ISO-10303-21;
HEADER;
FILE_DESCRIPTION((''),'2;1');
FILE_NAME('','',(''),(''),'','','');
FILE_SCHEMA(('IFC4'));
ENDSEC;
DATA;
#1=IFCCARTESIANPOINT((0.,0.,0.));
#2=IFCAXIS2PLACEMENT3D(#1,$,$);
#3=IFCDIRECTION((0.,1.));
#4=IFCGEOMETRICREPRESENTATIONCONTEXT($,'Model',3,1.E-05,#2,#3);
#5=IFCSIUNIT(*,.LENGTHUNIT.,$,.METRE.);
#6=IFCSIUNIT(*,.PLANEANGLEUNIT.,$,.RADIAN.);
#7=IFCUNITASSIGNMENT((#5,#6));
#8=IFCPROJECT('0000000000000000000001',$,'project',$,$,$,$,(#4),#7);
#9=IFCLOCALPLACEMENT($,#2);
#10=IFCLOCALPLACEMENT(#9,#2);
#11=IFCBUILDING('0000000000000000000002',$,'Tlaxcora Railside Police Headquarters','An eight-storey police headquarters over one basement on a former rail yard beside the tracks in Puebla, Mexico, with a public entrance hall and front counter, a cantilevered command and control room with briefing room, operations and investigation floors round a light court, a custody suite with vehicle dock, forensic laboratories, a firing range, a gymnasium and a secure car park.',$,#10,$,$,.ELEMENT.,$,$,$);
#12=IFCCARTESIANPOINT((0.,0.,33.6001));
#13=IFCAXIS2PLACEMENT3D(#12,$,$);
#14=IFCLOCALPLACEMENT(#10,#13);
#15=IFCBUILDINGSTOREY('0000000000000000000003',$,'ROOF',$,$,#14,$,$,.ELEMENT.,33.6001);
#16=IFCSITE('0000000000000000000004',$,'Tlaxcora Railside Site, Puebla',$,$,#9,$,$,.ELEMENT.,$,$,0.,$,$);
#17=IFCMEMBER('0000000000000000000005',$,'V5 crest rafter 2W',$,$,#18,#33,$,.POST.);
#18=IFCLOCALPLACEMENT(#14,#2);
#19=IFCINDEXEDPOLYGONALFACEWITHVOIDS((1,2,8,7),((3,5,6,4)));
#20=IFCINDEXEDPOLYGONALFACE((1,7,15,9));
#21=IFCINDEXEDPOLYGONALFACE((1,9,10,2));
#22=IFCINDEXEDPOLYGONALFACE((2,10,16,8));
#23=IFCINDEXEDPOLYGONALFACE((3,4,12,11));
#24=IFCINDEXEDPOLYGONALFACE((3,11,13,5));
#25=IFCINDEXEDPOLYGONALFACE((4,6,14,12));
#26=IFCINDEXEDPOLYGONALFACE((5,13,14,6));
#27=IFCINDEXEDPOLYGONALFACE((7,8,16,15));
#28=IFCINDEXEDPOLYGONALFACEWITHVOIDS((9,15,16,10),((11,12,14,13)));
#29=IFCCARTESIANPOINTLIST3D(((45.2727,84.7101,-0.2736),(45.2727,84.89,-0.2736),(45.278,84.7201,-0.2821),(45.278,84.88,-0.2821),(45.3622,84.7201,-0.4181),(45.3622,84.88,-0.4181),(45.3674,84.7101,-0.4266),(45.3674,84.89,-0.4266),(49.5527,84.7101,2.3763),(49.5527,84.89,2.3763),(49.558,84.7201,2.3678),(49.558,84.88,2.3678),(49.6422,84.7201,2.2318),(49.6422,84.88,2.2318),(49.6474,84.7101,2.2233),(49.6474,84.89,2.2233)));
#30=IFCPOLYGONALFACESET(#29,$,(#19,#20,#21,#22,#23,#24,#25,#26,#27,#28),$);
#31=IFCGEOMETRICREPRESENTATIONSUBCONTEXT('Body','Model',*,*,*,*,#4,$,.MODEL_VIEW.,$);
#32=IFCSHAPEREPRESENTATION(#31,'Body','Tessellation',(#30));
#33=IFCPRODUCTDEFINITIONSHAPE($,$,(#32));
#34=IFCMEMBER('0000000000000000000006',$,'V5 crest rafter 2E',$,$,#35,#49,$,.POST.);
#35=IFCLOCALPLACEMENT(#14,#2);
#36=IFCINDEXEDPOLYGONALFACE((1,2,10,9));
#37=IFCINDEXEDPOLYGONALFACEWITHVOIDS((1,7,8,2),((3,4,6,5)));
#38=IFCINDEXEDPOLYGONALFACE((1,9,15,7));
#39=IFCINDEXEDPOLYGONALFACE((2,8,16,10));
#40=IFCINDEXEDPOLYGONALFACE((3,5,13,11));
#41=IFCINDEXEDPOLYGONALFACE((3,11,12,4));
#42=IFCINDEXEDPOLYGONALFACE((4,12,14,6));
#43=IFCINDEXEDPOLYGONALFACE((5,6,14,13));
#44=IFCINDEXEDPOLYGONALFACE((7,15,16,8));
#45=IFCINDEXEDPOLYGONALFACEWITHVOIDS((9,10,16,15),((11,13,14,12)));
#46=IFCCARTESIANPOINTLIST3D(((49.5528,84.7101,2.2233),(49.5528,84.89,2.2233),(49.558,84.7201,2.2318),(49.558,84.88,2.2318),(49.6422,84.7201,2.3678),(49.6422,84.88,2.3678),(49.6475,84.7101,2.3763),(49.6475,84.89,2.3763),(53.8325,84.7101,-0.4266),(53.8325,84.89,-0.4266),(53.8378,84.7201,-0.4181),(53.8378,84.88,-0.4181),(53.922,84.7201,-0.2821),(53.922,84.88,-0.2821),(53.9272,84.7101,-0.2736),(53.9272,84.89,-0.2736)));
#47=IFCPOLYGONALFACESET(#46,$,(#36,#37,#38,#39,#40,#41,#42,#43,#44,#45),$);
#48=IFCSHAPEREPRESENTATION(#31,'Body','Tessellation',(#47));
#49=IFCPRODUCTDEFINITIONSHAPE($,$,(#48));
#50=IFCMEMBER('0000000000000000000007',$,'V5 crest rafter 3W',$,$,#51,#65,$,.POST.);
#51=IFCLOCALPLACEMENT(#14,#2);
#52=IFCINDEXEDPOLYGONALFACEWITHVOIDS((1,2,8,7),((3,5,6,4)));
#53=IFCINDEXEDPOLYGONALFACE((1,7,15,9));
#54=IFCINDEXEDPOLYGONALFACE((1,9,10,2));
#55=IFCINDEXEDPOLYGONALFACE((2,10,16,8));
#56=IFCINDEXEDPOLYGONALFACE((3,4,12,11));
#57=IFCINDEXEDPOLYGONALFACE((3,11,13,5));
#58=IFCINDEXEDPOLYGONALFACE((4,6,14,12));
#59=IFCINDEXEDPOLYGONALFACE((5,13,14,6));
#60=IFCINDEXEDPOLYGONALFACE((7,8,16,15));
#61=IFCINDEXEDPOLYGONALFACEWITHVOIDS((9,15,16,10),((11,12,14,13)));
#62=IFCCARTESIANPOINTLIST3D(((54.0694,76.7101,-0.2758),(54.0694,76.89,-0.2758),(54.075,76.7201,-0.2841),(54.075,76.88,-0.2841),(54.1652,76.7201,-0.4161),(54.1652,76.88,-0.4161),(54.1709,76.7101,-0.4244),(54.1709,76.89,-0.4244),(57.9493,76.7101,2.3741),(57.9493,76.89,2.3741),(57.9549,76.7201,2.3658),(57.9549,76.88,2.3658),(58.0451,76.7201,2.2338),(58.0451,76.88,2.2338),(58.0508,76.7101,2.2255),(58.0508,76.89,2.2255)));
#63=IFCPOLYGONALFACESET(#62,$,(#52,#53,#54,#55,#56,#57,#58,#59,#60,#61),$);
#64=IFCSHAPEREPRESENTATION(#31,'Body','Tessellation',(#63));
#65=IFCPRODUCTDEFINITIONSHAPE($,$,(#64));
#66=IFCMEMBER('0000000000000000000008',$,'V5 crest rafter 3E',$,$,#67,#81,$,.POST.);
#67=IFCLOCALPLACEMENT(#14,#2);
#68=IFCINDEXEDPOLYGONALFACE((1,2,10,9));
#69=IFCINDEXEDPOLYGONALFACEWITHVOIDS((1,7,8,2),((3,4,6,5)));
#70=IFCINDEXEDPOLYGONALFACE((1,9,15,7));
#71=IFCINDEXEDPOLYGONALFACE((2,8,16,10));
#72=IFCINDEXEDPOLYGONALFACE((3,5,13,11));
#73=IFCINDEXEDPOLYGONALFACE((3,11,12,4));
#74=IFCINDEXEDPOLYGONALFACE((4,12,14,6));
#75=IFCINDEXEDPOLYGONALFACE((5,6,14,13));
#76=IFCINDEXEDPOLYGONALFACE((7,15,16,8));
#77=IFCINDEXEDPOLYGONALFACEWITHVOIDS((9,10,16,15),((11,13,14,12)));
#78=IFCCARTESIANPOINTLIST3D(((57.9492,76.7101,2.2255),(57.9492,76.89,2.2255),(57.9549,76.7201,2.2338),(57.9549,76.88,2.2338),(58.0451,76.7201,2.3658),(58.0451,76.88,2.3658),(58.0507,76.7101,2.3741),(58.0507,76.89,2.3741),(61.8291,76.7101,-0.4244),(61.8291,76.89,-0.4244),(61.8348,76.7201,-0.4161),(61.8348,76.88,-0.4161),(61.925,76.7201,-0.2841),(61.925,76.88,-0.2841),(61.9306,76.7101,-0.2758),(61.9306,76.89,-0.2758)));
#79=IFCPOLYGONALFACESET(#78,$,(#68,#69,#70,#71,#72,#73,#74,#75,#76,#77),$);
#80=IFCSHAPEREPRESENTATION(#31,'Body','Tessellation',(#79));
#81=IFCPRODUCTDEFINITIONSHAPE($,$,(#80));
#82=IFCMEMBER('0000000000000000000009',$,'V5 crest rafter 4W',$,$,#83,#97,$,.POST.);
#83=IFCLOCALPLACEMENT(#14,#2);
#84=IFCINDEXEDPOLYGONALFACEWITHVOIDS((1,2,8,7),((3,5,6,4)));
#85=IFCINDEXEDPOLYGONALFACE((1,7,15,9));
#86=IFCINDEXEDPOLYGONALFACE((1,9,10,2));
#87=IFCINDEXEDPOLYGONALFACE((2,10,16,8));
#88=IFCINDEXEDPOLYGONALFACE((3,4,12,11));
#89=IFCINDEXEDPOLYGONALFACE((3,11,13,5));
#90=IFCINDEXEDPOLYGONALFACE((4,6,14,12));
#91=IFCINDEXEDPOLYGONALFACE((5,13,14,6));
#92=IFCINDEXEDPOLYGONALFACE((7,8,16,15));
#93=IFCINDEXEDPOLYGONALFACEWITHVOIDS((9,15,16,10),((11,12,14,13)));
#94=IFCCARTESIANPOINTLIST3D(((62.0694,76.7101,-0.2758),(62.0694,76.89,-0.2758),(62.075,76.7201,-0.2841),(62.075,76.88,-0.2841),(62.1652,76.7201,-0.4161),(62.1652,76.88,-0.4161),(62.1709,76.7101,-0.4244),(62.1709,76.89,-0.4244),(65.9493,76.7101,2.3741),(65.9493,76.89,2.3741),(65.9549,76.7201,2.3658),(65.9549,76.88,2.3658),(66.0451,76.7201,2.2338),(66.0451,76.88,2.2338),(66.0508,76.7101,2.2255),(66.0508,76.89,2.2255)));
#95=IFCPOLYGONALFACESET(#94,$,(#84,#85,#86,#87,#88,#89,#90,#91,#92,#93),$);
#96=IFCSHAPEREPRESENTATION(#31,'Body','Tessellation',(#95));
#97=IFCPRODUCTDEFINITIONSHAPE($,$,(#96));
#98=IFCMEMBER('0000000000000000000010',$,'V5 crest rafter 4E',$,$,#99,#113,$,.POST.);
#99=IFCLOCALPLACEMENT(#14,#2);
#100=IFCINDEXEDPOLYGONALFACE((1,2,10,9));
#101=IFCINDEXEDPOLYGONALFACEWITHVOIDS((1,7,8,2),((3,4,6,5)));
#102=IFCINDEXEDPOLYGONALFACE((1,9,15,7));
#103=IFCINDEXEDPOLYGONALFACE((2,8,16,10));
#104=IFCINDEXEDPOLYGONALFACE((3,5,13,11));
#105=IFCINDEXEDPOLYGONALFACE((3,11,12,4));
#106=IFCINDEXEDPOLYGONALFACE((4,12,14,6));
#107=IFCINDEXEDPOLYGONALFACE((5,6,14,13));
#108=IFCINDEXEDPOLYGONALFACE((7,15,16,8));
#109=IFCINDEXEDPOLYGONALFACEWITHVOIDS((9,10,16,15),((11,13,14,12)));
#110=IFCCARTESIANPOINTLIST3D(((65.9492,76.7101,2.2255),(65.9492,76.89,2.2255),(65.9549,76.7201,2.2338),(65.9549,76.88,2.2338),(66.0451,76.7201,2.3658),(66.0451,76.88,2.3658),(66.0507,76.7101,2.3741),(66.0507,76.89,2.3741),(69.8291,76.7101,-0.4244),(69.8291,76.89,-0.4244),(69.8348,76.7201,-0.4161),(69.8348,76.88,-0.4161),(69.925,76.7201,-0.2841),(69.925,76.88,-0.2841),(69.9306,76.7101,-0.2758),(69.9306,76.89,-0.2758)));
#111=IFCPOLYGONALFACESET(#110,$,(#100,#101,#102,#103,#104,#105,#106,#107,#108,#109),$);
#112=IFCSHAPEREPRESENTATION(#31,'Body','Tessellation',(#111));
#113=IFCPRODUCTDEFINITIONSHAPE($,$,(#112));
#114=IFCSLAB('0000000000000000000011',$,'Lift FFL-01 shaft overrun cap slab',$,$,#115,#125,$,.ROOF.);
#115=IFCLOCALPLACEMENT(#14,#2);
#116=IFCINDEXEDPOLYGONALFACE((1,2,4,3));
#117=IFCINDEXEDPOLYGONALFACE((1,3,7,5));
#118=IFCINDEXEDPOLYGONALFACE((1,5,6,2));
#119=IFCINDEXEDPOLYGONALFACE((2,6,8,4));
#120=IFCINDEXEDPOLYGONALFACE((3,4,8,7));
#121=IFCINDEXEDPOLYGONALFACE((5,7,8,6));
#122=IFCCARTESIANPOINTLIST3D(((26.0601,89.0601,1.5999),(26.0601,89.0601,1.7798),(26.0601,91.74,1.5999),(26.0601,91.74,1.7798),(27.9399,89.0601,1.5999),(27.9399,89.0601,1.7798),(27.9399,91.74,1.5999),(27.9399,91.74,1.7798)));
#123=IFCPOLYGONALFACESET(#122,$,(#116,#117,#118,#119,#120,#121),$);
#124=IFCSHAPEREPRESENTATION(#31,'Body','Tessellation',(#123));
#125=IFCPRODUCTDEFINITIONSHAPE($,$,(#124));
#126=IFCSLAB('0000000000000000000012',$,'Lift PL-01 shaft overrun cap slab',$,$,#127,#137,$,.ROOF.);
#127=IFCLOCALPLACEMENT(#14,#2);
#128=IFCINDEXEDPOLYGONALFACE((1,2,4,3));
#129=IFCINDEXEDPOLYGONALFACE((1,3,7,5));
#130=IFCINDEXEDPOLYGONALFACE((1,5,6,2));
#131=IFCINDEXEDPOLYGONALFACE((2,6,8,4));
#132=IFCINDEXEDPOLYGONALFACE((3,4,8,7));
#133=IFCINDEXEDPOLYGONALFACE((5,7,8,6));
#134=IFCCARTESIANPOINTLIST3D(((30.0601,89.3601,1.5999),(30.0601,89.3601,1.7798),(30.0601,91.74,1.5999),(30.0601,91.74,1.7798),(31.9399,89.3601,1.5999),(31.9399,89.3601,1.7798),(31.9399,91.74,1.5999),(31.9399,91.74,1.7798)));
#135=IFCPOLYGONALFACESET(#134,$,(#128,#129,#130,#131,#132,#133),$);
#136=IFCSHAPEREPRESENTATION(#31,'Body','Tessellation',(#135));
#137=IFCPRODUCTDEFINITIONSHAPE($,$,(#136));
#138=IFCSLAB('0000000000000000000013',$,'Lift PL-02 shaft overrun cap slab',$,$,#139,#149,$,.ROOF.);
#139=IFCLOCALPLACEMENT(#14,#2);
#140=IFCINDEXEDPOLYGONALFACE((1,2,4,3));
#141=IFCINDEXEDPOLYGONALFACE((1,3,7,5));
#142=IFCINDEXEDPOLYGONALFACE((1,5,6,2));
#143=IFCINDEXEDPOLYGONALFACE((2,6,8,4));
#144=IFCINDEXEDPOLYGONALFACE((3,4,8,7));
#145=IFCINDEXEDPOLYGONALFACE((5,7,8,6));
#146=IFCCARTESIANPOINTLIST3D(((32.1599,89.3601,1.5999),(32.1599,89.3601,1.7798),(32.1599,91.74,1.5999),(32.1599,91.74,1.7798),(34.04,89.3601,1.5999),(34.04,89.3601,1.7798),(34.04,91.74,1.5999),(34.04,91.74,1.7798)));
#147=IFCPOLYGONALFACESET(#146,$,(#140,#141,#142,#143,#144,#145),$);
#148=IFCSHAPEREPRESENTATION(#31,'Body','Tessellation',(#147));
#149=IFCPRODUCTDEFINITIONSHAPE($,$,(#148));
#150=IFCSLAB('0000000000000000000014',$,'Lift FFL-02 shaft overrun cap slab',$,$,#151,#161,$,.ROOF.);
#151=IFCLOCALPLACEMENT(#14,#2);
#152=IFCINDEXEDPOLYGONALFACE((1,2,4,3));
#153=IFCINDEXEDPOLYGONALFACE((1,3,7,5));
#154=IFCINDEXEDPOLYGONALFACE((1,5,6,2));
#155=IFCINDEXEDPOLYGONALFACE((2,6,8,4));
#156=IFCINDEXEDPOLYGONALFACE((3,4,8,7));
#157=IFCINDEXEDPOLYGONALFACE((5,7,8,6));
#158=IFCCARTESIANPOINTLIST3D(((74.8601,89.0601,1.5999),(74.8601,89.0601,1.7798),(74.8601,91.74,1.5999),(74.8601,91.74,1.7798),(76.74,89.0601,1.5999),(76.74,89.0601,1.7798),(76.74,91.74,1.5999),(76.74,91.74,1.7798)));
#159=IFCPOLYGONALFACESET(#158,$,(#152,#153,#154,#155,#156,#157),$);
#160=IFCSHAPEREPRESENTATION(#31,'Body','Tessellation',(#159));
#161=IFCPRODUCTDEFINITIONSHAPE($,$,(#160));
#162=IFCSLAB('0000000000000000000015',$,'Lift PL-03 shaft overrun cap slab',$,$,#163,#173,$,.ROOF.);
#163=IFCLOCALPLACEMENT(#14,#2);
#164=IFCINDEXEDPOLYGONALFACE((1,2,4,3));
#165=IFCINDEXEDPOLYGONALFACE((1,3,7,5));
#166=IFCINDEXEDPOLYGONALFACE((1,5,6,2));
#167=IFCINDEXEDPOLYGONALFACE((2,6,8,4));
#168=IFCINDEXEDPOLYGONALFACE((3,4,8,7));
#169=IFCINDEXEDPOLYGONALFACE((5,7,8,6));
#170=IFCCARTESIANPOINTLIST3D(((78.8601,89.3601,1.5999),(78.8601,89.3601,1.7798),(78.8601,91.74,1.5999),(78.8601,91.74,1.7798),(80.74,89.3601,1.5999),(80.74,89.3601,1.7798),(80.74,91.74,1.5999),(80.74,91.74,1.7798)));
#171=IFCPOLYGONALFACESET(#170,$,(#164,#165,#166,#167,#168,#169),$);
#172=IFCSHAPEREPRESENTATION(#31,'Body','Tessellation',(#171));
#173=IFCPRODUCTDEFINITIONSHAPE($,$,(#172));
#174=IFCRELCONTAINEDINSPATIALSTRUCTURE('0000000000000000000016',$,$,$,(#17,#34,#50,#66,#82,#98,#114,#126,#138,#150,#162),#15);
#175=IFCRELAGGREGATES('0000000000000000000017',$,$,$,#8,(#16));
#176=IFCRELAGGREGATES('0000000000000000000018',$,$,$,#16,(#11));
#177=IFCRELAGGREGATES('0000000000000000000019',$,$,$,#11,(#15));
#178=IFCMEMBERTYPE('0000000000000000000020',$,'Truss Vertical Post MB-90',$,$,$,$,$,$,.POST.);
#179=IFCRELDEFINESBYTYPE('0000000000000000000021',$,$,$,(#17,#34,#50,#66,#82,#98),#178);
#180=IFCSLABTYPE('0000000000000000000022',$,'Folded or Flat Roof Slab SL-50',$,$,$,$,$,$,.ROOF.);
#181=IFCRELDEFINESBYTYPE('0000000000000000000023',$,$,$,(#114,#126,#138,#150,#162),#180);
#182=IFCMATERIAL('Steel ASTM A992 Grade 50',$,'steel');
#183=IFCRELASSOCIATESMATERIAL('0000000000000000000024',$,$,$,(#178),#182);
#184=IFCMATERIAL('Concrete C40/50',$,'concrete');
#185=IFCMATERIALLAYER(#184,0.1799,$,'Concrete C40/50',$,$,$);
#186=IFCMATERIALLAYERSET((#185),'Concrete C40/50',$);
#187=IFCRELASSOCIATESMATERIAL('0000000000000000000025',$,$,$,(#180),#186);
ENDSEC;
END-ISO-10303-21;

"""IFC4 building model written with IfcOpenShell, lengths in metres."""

from ifc_helpers import new_model, si_unit, direction, frame, origin, origin_2d, place, context, subcontext, project, spatial, polyline, hollow_rectangle, outline, extrude, material, layer, layer_set, material_profile, profile_set, type_object, element, save


model = new_model("IFC4")

# Units and contexts
model_context = context("Model", 3, precision=1e-05, world=origin(), true_north=direction((0.0, 1.0)))
body_context = subcontext(model_context, "Body", "Model", "MODEL_VIEW")
ifc_project = project(units=[si_unit("LENGTHUNIT", "METRE"), si_unit("PLANEANGLEUNIT", "RADIAN")], contexts=[model_context])

# Site, building, storey
site_placement = place(None, origin())
site = spatial("IfcSite", under=ifc_project, at=site_placement, Name="Tlaxcora Railside Site, Puebla", CompositionType="ELEMENT", RefElevation=0.0)
building_placement = place(site_placement, origin())
building = spatial("IfcBuilding", under=site, at=building_placement, Name="Tlaxcora Railside Police Headquarters", Description="An eight-storey police headquarters over one basement on a former rail yard beside the tracks in Puebla, Mexico, with a public entrance hall and front counter, a cantilevered command and control room with briefing room, operations and investigation floors round a light court, a custody suite with vehicle dock, forensic laboratories, a firing range, a gymnasium and a secure car park.", CompositionType="ELEMENT")
storey_placement = place(building_placement, frame((0.0, 0.0, 33.6001)))
storey = spatial("IfcBuildingStorey", under=building, at=storey_placement, Name="ROOF", CompositionType="ELEMENT", Elevation=33.6001)

# Members
ifc_material_1 = material(Name="Steel ASTM A992 Grade 50", Category="steel")
ifc_material_profile_1 = material_profile(ifc_material_1, hollow_rectangle(XDim=0.1799, YDim=0.1799, WallThickness=0.01, at=origin_2d()), Name="HSS180X180X10")
ifc_profile_set_1 = profile_set([ifc_material_profile_1], Name="Steel ASTM A992 Grade 50")
member_type_1 = type_object("IfcMemberType", Name="Truss Vertical Post MB-90", PredefinedType="POST", material=ifc_profile_set_1)
member_1_placement = place(storey_placement, frame((45.3201, 84.8, -0.3501), z_axis=(0.850233, 0.0, 0.526406), x_axis=(0.0, 1.0, 0.0)))
element("IfcMember", 1, at=member_1_placement, inside=storey, type_object=member_type_1, Name="V5 crest rafter 2W", PredefinedType="POST", context=body_context, shape_type="SweptSolid", body=[
    extrude(hollow_rectangle(XDim=0.1799, YDim=0.1799, WallThickness=0.01, at=origin_2d()), origin(), (0.0, 0.0, 1.0), 5.0339),
])
member_2_placement = place(storey_placement, frame((53.8799, 84.8, -0.3501), z_axis=(-0.85022, 0.0, 0.526428), x_axis=(0.0, -1.0, 0.0)))
element("IfcMember", 2, at=member_2_placement, inside=storey, type_object=member_type_1, Name="V5 crest rafter 2E", PredefinedType="POST", context=body_context, shape_type="SweptSolid", body=[
    extrude(hollow_rectangle(XDim=0.1799, YDim=0.1799, WallThickness=0.01, at=origin_2d()), origin(), (0.0, 0.0, 1.0), 5.0337),
])
for number, where, z_axis, x_axis, name in (
    (3, (54.1201, 76.8, -0.3501), (0.825779, 0.0, 0.563994), (0.0, 1.0, 0.0), "V5 crest rafter 3W"),
    (4, (61.8799, 76.8, -0.3501), (-0.825779, 0.0, 0.563994), (0.0, -1.0, 0.0), "V5 crest rafter 3E"),
    (5, (62.1201, 76.8, -0.3501), (0.825779, 0.0, 0.563994), (0.0, 1.0, 0.0), "V5 crest rafter 4W"),
    (6, (69.8799, 76.8, -0.3501), (-0.825779, 0.0, 0.563994), (0.0, -1.0, 0.0), "V5 crest rafter 4E"),
):
    element("IfcMember", number, at=place(storey_placement, frame(where, z_axis=z_axis, x_axis=x_axis)), inside=storey, type_object=member_type_1, Name=name, PredefinedType="POST", context=body_context, shape_type="SweptSolid", body=[
        extrude(hollow_rectangle(XDim=0.1799, YDim=0.1799, WallThickness=0.01, at=origin_2d()), origin(), (0.0, 0.0, 1.0), 4.6985),
    ])

# Slabs
ifc_material_2 = material(Name="Concrete C40/50", Category="concrete")
ifc_layer_1 = layer(ifc_material_2, 0.1799, Name="Concrete C40/50")
ifc_layer_set_1 = layer_set([ifc_layer_1], Name="Concrete C40/50")
slab_type_1 = type_object("IfcSlabType", Name="Folded or Flat Roof Slab SL-50", PredefinedType="ROOF", material=ifc_layer_set_1)
slab_1_placement = place(storey_placement, frame((0.0, 0.0, 1.5999)))
element("IfcSlab", 7, at=slab_1_placement, inside=storey, type_object=slab_type_1, Name="Lift FFL-01 shaft overrun cap slab", PredefinedType="ROOF", context=body_context, shape_type="SweptSolid", body=[
    extrude(outline(polyline([(26.0601, 89.0601), (27.9399, 89.0601), (27.9399, 91.74), (26.0601, 91.74), (26.0601, 89.0601)])), origin(), (0.0, 0.0, 1.0), 0.1799),
])
slab_2_placement = place(storey_placement, frame((0.0, 0.0, 1.5999)))
element("IfcSlab", 8, at=slab_2_placement, inside=storey, type_object=slab_type_1, Name="Lift PL-01 shaft overrun cap slab", PredefinedType="ROOF", context=body_context, shape_type="SweptSolid", body=[
    extrude(outline(polyline([(30.0601, 89.3601), (31.9399, 89.3601), (31.9399, 91.74), (30.0601, 91.74), (30.0601, 89.3601)])), origin(), (0.0, 0.0, 1.0), 0.1799),
])
slab_3_placement = place(storey_placement, frame((0.0, 0.0, 1.5999)))
element("IfcSlab", 9, at=slab_3_placement, inside=storey, type_object=slab_type_1, Name="Lift PL-02 shaft overrun cap slab", PredefinedType="ROOF", context=body_context, shape_type="SweptSolid", body=[
    extrude(outline(polyline([(32.1599, 89.3601), (34.04, 89.3601), (34.04, 91.74), (32.1599, 91.74), (32.1599, 89.3601)])), origin(), (0.0, 0.0, 1.0), 0.1799),
])
slab_4_placement = place(storey_placement, frame((0.0, 0.0, 1.5999)))
element("IfcSlab", 10, at=slab_4_placement, inside=storey, type_object=slab_type_1, Name="Lift FFL-02 shaft overrun cap slab", PredefinedType="ROOF", context=body_context, shape_type="SweptSolid", body=[
    extrude(outline(polyline([(74.8601, 89.0601), (76.74, 89.0601), (76.74, 91.74), (74.8601, 91.74), (74.8601, 89.0601)])), origin(), (0.0, 0.0, 1.0), 0.1799),
])
slab_5_placement = place(storey_placement, frame((0.0, 0.0, 1.5999)))
element("IfcSlab", 11, at=slab_5_placement, inside=storey, type_object=slab_type_1, Name="Lift PL-03 shaft overrun cap slab", PredefinedType="ROOF", context=body_context, shape_type="SweptSolid", body=[
    extrude(outline(polyline([(78.8601, 89.3601), (80.74, 89.3601), (80.74, 91.74), (78.8601, 91.74), (78.8601, 89.3601)])), origin(), (0.0, 0.0, 1.0), 0.1799),
])

save(model, "model.ifc")
